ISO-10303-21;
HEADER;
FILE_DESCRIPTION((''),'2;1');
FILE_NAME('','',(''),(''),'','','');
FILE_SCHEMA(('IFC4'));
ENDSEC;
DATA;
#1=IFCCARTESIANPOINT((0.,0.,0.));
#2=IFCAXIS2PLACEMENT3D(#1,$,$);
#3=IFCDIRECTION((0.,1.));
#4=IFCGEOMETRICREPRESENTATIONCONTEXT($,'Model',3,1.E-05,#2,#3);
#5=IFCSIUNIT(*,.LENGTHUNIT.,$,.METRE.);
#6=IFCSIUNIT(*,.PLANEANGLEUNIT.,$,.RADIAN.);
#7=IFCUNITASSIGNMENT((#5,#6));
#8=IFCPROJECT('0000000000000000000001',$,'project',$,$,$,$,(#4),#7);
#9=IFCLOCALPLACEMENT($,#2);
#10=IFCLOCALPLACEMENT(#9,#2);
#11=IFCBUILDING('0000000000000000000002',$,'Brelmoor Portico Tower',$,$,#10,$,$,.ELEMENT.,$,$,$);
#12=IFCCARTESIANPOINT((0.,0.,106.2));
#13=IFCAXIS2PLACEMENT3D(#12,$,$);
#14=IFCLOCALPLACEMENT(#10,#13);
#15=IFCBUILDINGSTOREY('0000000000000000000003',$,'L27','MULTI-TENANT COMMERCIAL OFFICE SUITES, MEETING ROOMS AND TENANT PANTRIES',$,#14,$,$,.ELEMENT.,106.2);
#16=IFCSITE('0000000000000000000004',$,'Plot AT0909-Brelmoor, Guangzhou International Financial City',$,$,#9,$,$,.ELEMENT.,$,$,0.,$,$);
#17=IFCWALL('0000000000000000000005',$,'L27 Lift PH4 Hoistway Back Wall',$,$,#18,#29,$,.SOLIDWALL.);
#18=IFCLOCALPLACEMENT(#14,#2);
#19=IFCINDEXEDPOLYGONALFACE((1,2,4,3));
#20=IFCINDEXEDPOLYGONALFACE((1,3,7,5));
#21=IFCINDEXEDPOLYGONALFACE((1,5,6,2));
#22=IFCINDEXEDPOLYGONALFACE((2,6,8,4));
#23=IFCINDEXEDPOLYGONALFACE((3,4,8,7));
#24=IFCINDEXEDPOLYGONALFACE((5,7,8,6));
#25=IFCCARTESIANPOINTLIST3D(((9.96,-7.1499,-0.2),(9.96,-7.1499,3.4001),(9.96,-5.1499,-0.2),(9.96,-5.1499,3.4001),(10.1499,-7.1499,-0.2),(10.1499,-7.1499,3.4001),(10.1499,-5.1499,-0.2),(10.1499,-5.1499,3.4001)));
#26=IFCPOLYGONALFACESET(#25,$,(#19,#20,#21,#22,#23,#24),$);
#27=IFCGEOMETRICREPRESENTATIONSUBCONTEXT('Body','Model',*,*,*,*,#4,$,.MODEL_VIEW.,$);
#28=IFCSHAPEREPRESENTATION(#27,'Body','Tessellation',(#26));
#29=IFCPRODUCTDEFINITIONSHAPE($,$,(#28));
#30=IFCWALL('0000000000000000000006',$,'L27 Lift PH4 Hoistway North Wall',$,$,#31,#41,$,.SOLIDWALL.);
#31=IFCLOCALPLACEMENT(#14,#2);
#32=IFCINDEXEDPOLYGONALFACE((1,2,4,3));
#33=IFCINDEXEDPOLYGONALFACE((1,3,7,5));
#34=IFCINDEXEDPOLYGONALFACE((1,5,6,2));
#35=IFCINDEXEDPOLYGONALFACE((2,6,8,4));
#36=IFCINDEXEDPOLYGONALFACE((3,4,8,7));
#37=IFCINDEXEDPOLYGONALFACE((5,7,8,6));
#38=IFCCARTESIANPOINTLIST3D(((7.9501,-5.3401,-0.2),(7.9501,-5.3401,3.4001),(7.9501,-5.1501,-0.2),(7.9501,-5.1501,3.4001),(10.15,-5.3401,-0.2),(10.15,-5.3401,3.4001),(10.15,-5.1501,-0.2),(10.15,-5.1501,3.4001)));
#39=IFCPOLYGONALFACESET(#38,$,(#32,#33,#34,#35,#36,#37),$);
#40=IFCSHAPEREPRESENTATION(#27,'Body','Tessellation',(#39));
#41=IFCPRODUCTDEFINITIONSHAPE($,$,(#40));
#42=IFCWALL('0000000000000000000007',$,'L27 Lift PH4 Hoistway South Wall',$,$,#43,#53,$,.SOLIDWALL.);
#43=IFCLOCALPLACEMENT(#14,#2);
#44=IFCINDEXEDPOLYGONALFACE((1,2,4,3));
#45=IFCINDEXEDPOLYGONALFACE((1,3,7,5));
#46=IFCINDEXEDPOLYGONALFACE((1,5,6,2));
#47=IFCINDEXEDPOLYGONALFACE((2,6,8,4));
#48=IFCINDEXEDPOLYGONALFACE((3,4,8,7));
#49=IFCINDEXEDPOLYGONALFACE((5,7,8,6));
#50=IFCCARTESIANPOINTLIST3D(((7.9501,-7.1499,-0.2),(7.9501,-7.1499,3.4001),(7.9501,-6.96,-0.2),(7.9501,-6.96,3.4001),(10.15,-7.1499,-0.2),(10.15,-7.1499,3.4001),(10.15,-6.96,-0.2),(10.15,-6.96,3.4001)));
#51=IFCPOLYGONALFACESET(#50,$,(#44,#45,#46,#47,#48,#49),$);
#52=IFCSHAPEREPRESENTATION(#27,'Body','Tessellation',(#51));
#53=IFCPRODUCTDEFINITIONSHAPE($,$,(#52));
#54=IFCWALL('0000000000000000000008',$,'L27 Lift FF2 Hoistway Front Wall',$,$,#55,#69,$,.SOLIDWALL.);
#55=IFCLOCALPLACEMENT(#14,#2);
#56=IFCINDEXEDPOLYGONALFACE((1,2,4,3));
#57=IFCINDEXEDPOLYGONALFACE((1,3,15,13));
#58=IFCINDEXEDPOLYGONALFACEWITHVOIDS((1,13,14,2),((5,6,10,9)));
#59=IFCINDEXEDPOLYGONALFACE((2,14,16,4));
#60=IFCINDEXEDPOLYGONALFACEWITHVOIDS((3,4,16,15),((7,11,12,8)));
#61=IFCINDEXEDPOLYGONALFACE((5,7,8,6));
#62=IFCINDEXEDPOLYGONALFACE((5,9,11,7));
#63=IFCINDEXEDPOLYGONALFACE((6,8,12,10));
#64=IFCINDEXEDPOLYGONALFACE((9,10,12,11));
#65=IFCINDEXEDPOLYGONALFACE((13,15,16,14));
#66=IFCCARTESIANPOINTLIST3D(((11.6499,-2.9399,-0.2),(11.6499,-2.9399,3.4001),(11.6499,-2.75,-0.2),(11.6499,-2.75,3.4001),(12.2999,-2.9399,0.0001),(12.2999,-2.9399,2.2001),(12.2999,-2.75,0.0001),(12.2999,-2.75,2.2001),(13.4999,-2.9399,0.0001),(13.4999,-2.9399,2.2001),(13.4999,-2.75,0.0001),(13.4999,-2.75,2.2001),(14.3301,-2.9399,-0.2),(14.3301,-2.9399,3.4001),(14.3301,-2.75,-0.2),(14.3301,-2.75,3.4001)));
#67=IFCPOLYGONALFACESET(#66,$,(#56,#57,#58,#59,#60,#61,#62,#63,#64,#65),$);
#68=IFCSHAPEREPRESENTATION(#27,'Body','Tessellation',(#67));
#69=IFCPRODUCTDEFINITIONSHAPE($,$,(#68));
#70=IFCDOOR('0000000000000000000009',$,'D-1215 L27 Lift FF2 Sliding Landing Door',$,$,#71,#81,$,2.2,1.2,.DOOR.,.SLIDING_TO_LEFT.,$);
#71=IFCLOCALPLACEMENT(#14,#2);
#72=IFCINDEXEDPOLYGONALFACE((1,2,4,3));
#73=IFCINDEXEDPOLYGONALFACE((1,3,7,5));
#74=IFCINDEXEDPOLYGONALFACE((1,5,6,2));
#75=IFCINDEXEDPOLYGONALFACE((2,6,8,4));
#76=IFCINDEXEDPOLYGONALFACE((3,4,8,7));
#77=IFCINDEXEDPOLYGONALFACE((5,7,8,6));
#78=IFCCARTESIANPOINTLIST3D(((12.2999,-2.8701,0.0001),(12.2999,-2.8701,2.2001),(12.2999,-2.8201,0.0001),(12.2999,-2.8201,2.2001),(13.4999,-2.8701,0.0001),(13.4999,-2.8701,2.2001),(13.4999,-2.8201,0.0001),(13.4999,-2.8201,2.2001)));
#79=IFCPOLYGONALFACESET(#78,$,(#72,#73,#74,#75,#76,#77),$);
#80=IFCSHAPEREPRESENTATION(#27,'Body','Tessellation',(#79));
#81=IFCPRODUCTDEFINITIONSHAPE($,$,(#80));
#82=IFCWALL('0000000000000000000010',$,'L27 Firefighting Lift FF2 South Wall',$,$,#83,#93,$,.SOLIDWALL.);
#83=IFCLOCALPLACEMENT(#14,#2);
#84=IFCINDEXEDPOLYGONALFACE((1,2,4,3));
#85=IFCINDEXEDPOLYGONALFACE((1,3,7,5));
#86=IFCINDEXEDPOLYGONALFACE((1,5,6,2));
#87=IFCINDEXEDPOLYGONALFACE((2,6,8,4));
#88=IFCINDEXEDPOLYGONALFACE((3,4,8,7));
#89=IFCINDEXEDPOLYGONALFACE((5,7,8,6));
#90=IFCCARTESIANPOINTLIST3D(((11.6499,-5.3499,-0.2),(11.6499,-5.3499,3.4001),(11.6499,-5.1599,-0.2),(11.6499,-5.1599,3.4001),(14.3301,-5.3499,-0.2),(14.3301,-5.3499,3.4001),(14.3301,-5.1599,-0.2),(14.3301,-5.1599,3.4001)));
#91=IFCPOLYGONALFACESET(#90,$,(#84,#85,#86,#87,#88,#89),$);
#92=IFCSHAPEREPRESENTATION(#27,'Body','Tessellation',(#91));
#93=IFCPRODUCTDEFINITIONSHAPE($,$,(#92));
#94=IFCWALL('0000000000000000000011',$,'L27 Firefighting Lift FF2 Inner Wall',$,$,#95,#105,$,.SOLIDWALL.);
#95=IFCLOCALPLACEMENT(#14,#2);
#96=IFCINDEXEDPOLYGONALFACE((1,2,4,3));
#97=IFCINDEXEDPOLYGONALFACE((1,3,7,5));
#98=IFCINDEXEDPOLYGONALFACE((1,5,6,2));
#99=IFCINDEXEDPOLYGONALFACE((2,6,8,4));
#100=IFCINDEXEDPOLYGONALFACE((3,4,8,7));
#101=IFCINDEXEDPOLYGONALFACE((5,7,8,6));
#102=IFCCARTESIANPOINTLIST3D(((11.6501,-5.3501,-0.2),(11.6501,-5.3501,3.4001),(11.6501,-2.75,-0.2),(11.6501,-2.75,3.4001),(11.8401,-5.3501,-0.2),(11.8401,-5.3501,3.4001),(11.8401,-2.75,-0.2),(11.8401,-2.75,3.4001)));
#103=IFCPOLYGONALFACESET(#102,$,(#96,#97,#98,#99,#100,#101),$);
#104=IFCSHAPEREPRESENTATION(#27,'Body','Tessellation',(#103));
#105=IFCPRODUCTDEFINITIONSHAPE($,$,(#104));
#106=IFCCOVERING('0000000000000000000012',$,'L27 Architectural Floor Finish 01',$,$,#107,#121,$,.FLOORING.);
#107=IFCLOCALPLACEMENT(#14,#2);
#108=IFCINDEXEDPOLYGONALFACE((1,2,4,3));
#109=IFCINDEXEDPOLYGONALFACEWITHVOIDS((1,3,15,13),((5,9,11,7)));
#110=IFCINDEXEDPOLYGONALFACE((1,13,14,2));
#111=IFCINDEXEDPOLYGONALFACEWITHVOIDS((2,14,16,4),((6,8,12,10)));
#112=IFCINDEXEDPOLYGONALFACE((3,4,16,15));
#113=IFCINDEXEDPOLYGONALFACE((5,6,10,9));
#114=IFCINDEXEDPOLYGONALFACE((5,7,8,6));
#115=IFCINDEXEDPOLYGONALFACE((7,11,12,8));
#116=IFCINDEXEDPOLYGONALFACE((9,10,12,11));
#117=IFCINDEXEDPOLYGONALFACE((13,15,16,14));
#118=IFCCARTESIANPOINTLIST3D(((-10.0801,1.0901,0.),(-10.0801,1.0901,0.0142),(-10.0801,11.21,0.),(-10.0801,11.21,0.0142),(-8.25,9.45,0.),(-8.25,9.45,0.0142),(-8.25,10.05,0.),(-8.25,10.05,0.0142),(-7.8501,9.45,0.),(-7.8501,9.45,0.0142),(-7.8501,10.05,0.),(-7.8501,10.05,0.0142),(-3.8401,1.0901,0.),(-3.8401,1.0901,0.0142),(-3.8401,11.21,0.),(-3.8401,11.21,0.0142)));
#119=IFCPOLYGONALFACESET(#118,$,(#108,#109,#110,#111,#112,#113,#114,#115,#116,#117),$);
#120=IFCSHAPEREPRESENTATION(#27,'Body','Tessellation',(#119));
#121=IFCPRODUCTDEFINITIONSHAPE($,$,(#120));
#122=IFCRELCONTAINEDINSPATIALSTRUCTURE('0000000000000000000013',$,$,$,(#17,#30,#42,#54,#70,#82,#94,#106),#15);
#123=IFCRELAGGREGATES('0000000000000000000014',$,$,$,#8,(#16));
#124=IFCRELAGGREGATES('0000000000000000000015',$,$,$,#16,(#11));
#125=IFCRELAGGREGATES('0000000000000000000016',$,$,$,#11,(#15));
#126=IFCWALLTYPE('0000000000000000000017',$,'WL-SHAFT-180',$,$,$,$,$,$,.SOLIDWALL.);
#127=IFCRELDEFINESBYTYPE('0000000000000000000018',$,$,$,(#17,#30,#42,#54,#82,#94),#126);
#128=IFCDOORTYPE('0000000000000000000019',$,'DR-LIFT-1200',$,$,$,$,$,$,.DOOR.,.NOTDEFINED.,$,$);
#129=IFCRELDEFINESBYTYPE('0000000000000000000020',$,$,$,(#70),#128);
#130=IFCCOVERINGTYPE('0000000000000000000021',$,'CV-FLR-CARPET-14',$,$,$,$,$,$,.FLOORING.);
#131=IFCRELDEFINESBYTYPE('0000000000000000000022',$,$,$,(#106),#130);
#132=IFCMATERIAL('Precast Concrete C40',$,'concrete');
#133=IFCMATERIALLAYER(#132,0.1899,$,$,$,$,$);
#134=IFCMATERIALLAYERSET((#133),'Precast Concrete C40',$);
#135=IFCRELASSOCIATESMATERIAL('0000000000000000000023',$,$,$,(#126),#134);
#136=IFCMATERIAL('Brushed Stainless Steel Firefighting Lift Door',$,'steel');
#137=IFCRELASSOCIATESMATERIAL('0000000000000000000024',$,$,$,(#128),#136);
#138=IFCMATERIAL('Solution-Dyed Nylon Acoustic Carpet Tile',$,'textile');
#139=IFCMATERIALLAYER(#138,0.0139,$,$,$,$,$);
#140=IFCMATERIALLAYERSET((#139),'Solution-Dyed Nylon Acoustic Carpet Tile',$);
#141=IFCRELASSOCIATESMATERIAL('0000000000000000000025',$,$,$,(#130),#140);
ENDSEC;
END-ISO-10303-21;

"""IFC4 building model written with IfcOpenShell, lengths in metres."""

from ifc_helpers import new_model, si_unit, direction, frame, frame_2d, origin, place, context, subcontext, project, spatial, polyline, rectangle, outline, extrude, material, layer, layer_set, type_object, element, fill, save


model = new_model("IFC4")

# Units and contexts
model_context = context("Model", 3, precision=1e-05, world=origin(), true_north=direction((0.0, 1.0)))
body_context = subcontext(model_context, "Body", "Model", "MODEL_VIEW")
ifc_project = project(units=[si_unit("LENGTHUNIT", "METRE"), si_unit("PLANEANGLEUNIT", "RADIAN")], contexts=[model_context])

# Site, building, storey
site_placement = place(None, origin())
site = spatial("IfcSite", under=ifc_project, at=site_placement, Name="Plot AT0909-Brelmoor, Guangzhou International Financial City", CompositionType="ELEMENT", RefElevation=0.0)
building_placement = place(site_placement, origin())
building = spatial("IfcBuilding", under=site, at=building_placement, Name="Brelmoor Portico Tower", CompositionType="ELEMENT")
storey_placement = place(building_placement, frame((0.0, 0.0, 106.2)))
storey = spatial("IfcBuildingStorey", under=building, at=storey_placement, Name="L27", Description="MULTI-TENANT COMMERCIAL OFFICE SUITES, MEETING ROOMS AND TENANT PANTRIES", CompositionType="ELEMENT", Elevation=106.2)

# Walls
ifc_material_1 = material(Name="Precast Concrete C40", Category="concrete")
ifc_layer_1 = layer(ifc_material_1, 0.1899)
ifc_layer_set_1 = layer_set([ifc_layer_1], Name="Precast Concrete C40")
wall_type_1 = type_object("IfcWallType", Name="WL-SHAFT-180", PredefinedType="SOLIDWALL", material=ifc_layer_set_1)
for number, where, z_axis, x_axis, name in (
    (1, (10.0549, -7.1499, -0.2), (0.0, 0.0, 1.0), (0.0, 1.0, 0.0), "L27 Lift PH4 Hoistway Back Wall"),
):
    element("IfcWall", number, at=place(storey_placement, frame(where, z_axis=z_axis, x_axis=x_axis)), inside=storey, type_object=wall_type_1, Name=name, PredefinedType="SOLIDWALL", context=body_context, shape_type="SweptSolid", body=[
        extrude(rectangle(XDim=2.0, YDim=0.1899, at=frame_2d((1.0, 0.0))), origin(), (0.0, 0.0, 1.0), 3.6001),
    ])
for number, where, z_axis, x_axis, name in (
    (2, (7.95, -5.2451, -0.2), (0.0, 0.0, 1.0), (1.0, 0.0, 0.0), "L27 Lift PH4 Hoistway North Wall"),
    (3, (7.95, -7.0549, -0.2), (0.0, 0.0, 1.0), (1.0, 0.0, 0.0), "L27 Lift PH4 Hoistway South Wall"),
):
    element("IfcWall", number, at=place(storey_placement, frame(where, z_axis=z_axis, x_axis=x_axis)), inside=storey, type_object=wall_type_1, Name=name, PredefinedType="SOLIDWALL", context=body_context, shape_type="SweptSolid", body=[
        extrude(rectangle(XDim=2.2, YDim=0.1899, at=frame_2d((1.1001, 0.0))), origin(), (0.0, 0.0, 1.0), 3.6001),
    ])

# Wall, opening, door
wall_1_placement = place(storey_placement, frame((11.6499, -2.845, -0.2), z_axis=(0.0, 0.0, 1.0), x_axis=(1.0, 0.0, 0.0)))
wall_1 = element("IfcWall", 4, at=wall_1_placement, inside=storey, type_object=wall_type_1, Name="L27 Lift FF2 Hoistway Front Wall", PredefinedType="SOLIDWALL", context=body_context, shape_type="SweptSolid", body=[
    extrude(rectangle(XDim=2.6802, YDim=0.1899, at=frame_2d((1.3401, 0.0))), origin(), (0.0, 0.0, 1.0), 3.6001),
])
opening_1_placement = place(wall_1_placement, frame((0.6499, 0.0, 0.2)))
opening_1 = element("IfcOpeningElement", 5, at=opening_1_placement, cuts=wall_1, PredefinedType="OPENING", context=body_context, shape_type="SweptSolid", body=[
    extrude(rectangle(XDim=1.2, YDim=2.2, at=frame_2d((0.6001, 1.1001))), frame((0.0, 0.105, 0.0), z_axis=(0.0, -1.0, 0.0), x_axis=(1.0, 0.0, 0.0)), (0.0, 0.0, 1.0), 0.21),
])
ifc_material_2 = material(Name="Brushed Stainless Steel Firefighting Lift Door", Category="steel")
door_type_1 = type_object("IfcDoorType", Name="DR-LIFT-1200", OperationType="NOTDEFINED", PredefinedType="DOOR", material=ifc_material_2)
door_1_placement = place(opening_1_placement, origin())
door_1 = element("IfcDoor", 6, at=door_1_placement, inside=storey, type_object=door_type_1, Name="D-1215 L27 Lift FF2 Sliding Landing Door", OperationType="SLIDING_TO_LEFT", OverallHeight=2.2, OverallWidth=1.2, PredefinedType="DOOR", context=body_context, shape_type="SweptSolid", body=[
    extrude(rectangle(XDim=1.2, YDim=2.2, at=frame_2d((0.6001, 1.1001))), frame((0.0, 0.0249, 0.0), z_axis=(0.0, -1.0, 0.0), x_axis=(1.0, 0.0, 0.0)), (0.0, 0.0, 1.0), 0.05),
])
fill(opening_1, door_1)

# Walls
wall_2_placement = place(storey_placement, frame((11.6499, -5.2549, -0.2), z_axis=(0.0, 0.0, 1.0), x_axis=(1.0, 0.0, 0.0)))
element("IfcWall", 7, at=wall_2_placement, inside=storey, type_object=wall_type_1, Name="L27 Firefighting Lift FF2 South Wall", PredefinedType="SOLIDWALL", context=body_context, shape_type="SweptSolid", body=[
    extrude(rectangle(XDim=2.6802, YDim=0.1899, at=frame_2d((1.3401, 0.0))), origin(), (0.0, 0.0, 1.0), 3.6001),
])
wall_3_placement = place(storey_placement, frame((11.7451, -5.3501, -0.2), z_axis=(0.0, 0.0, 1.0), x_axis=(0.0, 1.0, 0.0)))
element("IfcWall", 8, at=wall_3_placement, inside=storey, type_object=wall_type_1, Name="L27 Firefighting Lift FF2 Inner Wall", PredefinedType="SOLIDWALL", context=body_context, shape_type="SweptSolid", body=[
    extrude(rectangle(XDim=2.6001, YDim=0.1899, at=frame_2d((1.3, 0.0))), origin(), (0.0, 0.0, 1.0), 3.6001),
])

# Covering
ifc_material_3 = material(Name="Solution-Dyed Nylon Acoustic Carpet Tile", Category="textile")
ifc_layer_2 = layer(ifc_material_3, 0.0139)
ifc_layer_set_2 = layer_set([ifc_layer_2], Name="Solution-Dyed Nylon Acoustic Carpet Tile")
covering_type = type_object("IfcCoveringType", Name="CV-FLR-CARPET-14", PredefinedType="FLOORING", material=ifc_layer_set_2)
covering_placement = place(storey_placement, origin())
element("IfcCovering", 9, at=covering_placement, inside=storey, type_object=covering_type, Name="L27 Architectural Floor Finish 01", PredefinedType="FLOORING", context=body_context, shape_type="SweptSolid", body=[
    extrude(outline(polyline([(-10.0801, 11.21), (-3.8401, 11.21), (-3.8401, 1.0901), (-10.0801, 1.0901), (-10.0801, 11.21)]), holes=[polyline([(-7.8501, 9.45), (-7.8501, 10.05), (-8.25, 10.05), (-8.25, 9.45), (-7.8501, 9.45)])]), origin(), (0.0, 0.0, 1.0), 0.0142),
])

save(model, "model.ifc")
